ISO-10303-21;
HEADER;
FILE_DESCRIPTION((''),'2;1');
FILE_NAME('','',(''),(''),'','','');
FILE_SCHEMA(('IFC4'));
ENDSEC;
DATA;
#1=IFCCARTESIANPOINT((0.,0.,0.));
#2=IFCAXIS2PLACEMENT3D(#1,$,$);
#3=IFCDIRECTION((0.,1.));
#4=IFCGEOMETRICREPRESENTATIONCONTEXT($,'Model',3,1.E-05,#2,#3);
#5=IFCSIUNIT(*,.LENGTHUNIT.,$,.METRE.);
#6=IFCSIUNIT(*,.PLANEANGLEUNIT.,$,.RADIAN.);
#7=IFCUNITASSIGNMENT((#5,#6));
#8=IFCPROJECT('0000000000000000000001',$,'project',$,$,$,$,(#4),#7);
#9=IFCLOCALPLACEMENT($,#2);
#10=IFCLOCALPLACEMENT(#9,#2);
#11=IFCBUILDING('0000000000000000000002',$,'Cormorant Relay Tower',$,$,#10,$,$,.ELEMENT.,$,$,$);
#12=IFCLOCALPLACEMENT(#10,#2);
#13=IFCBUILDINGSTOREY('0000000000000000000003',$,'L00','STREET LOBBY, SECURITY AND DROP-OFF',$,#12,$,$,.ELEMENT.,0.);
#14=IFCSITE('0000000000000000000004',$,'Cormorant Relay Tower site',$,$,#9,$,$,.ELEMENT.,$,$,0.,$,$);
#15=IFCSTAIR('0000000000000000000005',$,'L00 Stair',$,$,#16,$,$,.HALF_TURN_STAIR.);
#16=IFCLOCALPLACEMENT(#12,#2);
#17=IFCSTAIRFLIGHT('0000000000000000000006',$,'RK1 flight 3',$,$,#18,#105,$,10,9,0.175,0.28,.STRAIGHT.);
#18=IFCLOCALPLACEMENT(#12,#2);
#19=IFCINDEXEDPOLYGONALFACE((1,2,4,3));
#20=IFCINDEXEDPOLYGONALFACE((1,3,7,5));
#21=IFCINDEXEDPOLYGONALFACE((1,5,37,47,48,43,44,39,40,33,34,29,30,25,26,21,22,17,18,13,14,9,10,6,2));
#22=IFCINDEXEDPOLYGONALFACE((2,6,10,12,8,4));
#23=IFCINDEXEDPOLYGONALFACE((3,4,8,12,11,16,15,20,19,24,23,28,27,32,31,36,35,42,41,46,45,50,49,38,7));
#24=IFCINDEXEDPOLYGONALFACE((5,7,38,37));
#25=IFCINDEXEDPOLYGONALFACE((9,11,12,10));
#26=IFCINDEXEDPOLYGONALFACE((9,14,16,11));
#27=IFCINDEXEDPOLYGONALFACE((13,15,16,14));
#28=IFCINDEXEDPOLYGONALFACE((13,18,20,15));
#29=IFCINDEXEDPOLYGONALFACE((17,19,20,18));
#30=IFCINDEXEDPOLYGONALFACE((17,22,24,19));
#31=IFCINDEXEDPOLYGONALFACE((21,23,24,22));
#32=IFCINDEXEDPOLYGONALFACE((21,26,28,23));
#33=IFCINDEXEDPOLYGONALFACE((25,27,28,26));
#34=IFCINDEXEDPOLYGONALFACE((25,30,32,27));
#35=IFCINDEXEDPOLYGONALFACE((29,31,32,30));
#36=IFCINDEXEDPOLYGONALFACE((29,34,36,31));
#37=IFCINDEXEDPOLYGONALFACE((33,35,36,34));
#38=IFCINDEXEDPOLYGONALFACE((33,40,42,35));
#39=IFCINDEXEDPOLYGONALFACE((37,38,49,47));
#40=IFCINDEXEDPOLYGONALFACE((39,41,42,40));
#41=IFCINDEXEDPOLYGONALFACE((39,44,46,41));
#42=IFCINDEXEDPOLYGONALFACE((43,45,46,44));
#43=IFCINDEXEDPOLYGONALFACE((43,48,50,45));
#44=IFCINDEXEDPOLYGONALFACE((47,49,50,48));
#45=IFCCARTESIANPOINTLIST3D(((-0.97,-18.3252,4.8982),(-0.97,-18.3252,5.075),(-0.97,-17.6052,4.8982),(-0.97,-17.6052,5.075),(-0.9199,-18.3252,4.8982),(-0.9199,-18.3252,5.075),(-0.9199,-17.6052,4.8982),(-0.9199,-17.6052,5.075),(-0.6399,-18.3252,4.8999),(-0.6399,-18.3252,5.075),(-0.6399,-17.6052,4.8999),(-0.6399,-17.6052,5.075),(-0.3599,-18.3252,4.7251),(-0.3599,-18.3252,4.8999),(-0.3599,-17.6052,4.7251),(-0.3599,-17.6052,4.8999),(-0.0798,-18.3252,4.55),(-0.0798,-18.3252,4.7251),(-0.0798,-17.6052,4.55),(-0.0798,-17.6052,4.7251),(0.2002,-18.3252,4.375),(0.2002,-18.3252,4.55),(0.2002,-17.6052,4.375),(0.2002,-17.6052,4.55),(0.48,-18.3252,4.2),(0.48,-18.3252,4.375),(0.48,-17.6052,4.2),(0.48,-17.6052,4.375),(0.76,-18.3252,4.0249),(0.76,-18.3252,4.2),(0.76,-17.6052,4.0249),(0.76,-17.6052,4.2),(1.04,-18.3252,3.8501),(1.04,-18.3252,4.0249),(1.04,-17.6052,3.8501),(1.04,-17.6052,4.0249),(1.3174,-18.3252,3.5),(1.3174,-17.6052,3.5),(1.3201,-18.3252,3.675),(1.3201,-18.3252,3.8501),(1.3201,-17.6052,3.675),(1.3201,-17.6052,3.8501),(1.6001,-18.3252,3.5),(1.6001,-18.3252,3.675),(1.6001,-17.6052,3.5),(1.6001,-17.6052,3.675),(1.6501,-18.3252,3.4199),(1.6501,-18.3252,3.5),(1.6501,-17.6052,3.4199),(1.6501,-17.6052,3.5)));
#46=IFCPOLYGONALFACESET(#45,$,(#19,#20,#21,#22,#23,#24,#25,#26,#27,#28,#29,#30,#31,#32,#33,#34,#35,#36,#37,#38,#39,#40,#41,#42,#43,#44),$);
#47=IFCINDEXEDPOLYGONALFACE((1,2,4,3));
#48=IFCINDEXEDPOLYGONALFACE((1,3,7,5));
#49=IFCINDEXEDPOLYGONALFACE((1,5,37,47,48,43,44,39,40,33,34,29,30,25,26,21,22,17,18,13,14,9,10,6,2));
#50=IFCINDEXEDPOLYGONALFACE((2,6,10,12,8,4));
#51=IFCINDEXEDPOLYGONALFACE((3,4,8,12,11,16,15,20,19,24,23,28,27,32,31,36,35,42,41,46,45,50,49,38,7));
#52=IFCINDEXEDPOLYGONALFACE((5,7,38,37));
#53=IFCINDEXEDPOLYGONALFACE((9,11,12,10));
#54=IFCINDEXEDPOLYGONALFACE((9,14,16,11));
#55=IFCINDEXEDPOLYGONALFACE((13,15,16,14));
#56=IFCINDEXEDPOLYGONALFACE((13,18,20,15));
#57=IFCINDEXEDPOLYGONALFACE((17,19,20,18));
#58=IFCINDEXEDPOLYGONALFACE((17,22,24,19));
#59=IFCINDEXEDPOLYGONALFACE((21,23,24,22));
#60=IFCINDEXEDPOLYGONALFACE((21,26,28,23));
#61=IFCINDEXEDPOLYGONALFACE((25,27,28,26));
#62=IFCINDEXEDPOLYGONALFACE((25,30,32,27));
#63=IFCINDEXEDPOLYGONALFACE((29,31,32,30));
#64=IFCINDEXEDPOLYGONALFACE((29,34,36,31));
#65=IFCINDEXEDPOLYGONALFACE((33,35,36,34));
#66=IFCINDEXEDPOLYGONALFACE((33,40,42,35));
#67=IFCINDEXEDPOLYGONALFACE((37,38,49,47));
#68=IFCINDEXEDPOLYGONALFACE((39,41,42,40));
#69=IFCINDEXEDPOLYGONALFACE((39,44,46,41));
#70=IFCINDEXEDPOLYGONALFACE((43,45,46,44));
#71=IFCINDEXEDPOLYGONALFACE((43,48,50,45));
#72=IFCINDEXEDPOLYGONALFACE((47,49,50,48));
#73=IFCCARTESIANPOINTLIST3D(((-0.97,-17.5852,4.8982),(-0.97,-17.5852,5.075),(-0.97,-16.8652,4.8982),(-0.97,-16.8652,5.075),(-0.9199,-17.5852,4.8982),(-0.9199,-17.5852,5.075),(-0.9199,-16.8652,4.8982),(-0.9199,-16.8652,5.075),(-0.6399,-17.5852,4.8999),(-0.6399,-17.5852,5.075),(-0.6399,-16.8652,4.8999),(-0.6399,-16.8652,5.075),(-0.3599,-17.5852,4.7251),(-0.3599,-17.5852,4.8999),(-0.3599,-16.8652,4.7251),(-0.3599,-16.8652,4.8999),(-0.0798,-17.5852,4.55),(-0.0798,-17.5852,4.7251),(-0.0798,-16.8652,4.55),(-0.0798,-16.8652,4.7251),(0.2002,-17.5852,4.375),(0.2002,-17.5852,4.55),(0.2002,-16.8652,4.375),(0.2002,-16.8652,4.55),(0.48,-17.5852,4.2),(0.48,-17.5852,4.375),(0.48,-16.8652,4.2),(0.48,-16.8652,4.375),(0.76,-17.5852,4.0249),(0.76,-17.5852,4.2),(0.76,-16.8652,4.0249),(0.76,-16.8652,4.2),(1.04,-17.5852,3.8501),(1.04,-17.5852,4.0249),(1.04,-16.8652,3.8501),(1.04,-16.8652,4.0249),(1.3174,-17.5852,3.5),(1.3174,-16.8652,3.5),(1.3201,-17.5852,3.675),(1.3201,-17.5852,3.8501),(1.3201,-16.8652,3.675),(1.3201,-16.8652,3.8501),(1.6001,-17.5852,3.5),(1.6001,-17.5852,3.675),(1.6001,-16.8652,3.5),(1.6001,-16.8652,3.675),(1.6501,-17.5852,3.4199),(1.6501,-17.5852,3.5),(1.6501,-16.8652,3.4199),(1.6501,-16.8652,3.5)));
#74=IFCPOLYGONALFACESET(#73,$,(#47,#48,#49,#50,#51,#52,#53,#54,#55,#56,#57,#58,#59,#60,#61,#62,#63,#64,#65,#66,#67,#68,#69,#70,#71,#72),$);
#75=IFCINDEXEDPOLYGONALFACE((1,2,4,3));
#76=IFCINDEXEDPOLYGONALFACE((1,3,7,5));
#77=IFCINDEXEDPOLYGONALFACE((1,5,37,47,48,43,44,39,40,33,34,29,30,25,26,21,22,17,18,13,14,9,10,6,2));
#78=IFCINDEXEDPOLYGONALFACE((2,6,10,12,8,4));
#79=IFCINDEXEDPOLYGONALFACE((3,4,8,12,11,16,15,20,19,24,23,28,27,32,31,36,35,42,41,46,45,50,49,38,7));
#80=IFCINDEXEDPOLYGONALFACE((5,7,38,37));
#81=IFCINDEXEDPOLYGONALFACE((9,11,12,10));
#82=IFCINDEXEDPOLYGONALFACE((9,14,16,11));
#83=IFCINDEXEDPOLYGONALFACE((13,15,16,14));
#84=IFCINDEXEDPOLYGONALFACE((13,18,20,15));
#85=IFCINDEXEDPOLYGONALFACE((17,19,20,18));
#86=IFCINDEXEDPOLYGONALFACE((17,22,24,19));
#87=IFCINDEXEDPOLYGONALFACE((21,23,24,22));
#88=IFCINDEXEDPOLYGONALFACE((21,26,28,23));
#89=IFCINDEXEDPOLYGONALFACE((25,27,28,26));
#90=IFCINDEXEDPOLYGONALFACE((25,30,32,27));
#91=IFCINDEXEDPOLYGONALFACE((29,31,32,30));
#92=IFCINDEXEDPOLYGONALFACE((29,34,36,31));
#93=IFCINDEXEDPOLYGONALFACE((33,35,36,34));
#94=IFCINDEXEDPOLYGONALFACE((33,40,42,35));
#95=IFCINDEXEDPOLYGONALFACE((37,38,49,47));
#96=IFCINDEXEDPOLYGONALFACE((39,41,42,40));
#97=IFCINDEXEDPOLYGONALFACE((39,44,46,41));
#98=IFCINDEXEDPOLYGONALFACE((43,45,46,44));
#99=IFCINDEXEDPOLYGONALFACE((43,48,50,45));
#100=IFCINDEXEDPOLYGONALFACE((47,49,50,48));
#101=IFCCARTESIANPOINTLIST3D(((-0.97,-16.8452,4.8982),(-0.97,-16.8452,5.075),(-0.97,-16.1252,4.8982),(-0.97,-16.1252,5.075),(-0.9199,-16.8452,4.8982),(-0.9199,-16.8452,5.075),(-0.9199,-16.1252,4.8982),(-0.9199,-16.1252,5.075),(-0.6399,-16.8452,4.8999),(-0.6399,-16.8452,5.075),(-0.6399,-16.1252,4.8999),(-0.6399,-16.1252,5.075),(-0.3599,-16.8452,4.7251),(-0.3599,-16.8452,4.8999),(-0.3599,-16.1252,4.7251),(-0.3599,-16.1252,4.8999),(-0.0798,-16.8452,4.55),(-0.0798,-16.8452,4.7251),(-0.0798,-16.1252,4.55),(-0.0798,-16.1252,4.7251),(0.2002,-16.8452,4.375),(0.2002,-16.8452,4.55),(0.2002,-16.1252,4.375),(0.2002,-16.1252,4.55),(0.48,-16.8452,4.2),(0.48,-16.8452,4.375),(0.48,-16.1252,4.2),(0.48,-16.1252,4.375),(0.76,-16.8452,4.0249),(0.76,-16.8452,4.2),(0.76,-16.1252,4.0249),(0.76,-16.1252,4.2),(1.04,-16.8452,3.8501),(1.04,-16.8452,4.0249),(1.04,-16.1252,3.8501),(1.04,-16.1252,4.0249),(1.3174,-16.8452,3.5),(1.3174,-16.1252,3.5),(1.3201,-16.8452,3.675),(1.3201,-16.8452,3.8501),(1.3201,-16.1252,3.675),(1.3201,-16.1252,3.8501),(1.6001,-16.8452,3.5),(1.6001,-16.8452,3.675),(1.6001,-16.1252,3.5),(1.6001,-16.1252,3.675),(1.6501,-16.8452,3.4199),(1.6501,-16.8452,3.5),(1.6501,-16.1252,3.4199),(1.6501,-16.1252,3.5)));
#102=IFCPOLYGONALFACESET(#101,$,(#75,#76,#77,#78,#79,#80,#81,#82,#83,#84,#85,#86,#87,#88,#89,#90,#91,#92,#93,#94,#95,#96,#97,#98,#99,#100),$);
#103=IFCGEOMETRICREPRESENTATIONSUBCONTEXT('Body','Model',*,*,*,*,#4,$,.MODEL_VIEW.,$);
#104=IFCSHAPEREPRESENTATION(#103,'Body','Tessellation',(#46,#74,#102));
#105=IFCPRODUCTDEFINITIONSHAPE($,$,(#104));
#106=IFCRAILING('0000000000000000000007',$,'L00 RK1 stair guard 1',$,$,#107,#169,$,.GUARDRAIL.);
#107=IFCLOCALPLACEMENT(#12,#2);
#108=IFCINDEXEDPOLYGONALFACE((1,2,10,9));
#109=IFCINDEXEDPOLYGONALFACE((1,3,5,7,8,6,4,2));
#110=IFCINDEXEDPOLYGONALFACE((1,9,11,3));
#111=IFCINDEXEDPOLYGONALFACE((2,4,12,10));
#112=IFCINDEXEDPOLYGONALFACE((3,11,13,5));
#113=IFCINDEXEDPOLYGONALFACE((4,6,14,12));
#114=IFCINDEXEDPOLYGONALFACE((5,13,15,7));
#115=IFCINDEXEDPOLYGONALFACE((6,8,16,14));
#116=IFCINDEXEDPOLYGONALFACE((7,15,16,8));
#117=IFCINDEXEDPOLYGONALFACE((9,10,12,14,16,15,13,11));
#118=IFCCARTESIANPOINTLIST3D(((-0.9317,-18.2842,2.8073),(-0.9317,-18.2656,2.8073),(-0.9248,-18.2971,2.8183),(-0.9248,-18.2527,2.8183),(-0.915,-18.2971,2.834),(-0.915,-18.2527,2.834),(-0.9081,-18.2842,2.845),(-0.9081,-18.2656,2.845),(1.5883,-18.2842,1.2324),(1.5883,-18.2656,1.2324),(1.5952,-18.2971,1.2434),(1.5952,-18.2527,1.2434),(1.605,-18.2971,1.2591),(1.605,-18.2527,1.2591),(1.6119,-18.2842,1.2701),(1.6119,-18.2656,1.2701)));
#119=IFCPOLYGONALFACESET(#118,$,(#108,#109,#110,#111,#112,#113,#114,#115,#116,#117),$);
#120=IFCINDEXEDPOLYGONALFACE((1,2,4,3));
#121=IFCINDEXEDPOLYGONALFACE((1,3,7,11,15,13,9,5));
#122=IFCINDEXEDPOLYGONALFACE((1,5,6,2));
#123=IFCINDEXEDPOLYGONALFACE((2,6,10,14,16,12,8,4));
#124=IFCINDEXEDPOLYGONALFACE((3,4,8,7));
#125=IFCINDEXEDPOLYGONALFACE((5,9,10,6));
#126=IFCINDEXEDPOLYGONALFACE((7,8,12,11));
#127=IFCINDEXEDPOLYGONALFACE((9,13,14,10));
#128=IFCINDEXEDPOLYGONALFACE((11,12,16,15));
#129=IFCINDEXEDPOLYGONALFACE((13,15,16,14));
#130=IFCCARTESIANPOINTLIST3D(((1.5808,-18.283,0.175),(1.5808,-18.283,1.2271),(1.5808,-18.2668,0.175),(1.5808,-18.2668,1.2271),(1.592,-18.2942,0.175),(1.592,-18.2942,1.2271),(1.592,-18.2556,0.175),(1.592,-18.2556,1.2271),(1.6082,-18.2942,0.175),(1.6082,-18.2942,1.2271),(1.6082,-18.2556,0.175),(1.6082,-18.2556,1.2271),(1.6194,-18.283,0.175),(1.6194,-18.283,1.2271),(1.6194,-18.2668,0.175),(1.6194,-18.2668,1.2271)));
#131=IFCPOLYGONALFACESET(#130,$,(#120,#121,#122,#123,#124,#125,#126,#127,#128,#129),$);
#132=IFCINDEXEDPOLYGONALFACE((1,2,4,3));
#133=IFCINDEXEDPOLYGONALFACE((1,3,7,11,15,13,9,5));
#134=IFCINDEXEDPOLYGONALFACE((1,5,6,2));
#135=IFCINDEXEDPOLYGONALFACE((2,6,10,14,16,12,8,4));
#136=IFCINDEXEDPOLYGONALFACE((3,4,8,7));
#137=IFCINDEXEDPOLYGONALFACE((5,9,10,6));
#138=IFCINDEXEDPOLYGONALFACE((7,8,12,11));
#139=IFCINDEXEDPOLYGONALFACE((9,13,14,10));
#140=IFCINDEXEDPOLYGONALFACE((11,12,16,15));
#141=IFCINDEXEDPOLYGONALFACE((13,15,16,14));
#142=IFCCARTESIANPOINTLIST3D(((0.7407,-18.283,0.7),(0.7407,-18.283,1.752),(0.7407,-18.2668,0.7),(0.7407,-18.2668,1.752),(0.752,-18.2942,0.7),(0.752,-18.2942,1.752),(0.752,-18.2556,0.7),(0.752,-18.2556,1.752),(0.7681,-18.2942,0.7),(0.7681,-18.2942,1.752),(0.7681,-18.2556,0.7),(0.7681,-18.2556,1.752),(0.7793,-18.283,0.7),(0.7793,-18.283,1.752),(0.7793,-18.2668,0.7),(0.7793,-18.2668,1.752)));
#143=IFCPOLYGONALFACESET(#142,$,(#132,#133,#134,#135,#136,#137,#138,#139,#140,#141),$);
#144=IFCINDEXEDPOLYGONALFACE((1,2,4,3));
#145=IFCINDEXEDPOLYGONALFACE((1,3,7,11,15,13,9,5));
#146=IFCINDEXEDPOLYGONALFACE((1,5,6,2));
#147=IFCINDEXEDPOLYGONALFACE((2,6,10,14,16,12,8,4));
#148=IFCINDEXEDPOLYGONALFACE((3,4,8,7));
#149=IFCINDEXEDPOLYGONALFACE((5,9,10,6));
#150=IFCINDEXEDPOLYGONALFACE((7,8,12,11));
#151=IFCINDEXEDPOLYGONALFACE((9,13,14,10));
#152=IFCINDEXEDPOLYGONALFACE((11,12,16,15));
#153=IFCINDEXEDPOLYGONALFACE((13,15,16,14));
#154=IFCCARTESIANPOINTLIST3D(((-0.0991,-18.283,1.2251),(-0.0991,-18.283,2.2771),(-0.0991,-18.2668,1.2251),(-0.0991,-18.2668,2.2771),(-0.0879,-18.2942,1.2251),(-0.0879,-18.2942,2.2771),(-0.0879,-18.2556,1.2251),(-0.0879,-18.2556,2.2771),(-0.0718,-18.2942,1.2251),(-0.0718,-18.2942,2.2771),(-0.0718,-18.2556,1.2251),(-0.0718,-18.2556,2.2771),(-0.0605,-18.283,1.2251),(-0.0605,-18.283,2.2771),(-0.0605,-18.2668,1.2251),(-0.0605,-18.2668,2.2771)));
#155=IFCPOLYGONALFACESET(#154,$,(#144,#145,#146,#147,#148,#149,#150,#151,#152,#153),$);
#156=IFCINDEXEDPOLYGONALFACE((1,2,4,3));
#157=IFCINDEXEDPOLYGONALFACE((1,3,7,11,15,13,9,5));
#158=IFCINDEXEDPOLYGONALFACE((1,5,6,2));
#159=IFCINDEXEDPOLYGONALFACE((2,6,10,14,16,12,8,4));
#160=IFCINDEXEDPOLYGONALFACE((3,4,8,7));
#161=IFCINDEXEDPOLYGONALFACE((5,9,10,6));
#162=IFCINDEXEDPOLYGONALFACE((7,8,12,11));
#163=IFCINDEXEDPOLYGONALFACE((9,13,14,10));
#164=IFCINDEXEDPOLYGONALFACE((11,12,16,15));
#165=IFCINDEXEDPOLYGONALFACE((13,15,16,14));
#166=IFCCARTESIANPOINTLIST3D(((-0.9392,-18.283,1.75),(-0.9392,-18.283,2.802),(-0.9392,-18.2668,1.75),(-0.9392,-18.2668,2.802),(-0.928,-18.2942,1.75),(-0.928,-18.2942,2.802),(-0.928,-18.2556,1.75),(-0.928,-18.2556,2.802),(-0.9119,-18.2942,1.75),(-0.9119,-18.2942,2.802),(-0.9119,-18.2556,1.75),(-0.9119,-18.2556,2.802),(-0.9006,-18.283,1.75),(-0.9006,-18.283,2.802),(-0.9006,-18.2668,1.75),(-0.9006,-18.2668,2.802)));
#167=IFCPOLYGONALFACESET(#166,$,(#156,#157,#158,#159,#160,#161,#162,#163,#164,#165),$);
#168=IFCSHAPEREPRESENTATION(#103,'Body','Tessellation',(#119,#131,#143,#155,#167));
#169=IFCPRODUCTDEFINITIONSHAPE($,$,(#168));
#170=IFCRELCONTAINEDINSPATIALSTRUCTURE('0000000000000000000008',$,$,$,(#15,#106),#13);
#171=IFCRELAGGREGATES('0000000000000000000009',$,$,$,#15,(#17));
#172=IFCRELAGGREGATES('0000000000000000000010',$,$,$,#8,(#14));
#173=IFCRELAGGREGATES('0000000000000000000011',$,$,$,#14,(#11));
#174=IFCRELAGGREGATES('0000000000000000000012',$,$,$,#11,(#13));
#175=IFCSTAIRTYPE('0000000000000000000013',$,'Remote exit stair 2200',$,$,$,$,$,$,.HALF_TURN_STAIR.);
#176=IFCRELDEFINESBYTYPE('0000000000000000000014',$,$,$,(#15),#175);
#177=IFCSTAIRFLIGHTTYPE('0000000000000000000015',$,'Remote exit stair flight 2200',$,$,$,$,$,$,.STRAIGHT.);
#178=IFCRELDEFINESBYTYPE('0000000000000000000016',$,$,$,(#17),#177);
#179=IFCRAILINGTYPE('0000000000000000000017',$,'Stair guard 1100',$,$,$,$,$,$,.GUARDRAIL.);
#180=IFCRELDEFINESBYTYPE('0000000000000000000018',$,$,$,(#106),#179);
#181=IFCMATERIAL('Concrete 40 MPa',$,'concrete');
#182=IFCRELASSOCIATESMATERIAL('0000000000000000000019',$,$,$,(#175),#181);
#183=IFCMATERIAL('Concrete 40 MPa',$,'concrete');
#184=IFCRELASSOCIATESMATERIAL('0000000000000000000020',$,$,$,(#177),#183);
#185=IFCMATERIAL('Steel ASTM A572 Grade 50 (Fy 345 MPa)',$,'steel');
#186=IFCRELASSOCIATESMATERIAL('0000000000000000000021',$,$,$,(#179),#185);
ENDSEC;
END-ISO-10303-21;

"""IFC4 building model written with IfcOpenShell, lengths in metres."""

from ifc_helpers import new_model, si_unit, direction, frame, origin, place, context, subcontext, project, spatial, polyline, outline, extrude, material, type_object, element, aggregate, save


model = new_model("IFC4")

# Units and contexts
model_context = context("Model", 3, precision=1e-05, world=origin(), true_north=direction((0.0, 1.0)))
body_context = subcontext(model_context, "Body", "Model", "MODEL_VIEW")
ifc_project = project(units=[si_unit("LENGTHUNIT", "METRE"), si_unit("PLANEANGLEUNIT", "RADIAN")], contexts=[model_context])

# Site, building, storey
site_placement = place(None, origin())
site = spatial("IfcSite", under=ifc_project, at=site_placement, Name="Cormorant Relay Tower site", CompositionType="ELEMENT", RefElevation=0.0)
building_placement = place(site_placement, origin())
building = spatial("IfcBuilding", under=site, at=building_placement, Name="Cormorant Relay Tower", CompositionType="ELEMENT")
storey_placement = place(building_placement, origin())
storey = spatial("IfcBuildingStorey", under=building, at=storey_placement, Name="L00", Description="STREET LOBBY, SECURITY AND DROP-OFF", CompositionType="ELEMENT", Elevation=0.0)

# Stair, stair flight
ifc_material_1 = material(Name="Concrete 40 MPa", Category="concrete")
stair_type = type_object("IfcStairType", Name="Remote exit stair 2200", PredefinedType="HALF_TURN_STAIR", material=ifc_material_1)
stair_placement = place(storey_placement, origin())
stair = element("IfcStair", 1, at=stair_placement, inside=storey, type_object=stair_type, Name="L00 Stair", PredefinedType="HALF_TURN_STAIR")
ifc_material_2 = material(Name="Concrete 40 MPa", Category="concrete")
stair_flight_type = type_object("IfcStairFlightType", Name="Remote exit stair flight 2200", PredefinedType="STRAIGHT", material=ifc_material_2)
stair_flight_1_placement = place(storey_placement, frame((1.6001, -17.2251, 3.5), z_axis=(0.0, 0.0, 1.0), x_axis=(-1.0, 0.0, 0.0)))
stair_flight_1 = element("IfcStairFlight", 2, at=stair_flight_1_placement, type_object=stair_flight_type, Name="RK1 flight 3", NumberOfRisers=10, NumberOfTreads=9, PredefinedType="STRAIGHT", RiserHeight=0.175, TreadLength=0.28, context=body_context, shape_type="SweptSolid", body=[
    extrude(outline(polyline([(-0.05, -0.0801), (-0.05, 0.0), (0.0, 0.0), (0.0, 0.175), (0.28, 0.175), (0.28, 0.3501), (0.5601, 0.3501), (0.5601, 0.5249), (0.8401, 0.5249), (0.8401, 0.7), (1.1201, 0.7), (1.1201, 0.875), (1.3999, 0.875), (1.3999, 1.05), (1.6799, 1.05), (1.6799, 1.2251), (1.96, 1.2251), (1.96, 1.3999), (2.24, 1.3999), (2.24, 1.575), (2.52, 1.575), (2.5701, 1.575), (2.5701, 1.3982), (2.52, 1.3982), (0.2827, 0.0), (-0.05, -0.0801)])), frame((0.0, 1.1001, 0.0), z_axis=(0.0, -1.0, 0.0), x_axis=(1.0, 0.0, 0.0)), (0.0, 0.0, 1.0), 0.72),
    extrude(outline(polyline([(-0.05, -0.0801), (-0.05, 0.0), (0.0, 0.0), (0.0, 0.175), (0.28, 0.175), (0.28, 0.3501), (0.5601, 0.3501), (0.5601, 0.5249), (0.8401, 0.5249), (0.8401, 0.7), (1.1201, 0.7), (1.1201, 0.875), (1.3999, 0.875), (1.3999, 1.05), (1.6799, 1.05), (1.6799, 1.2251), (1.96, 1.2251), (1.96, 1.3999), (2.24, 1.3999), (2.24, 1.575), (2.52, 1.575), (2.5701, 1.575), (2.5701, 1.3982), (2.52, 1.3982), (0.2827, 0.0), (-0.05, -0.0801)])), frame((0.0, 0.3601, 0.0), z_axis=(0.0, -1.0, 0.0), x_axis=(1.0, 0.0, 0.0)), (0.0, 0.0, 1.0), 0.72),
    extrude(outline(polyline([(-0.05, -0.0801), (-0.05, 0.0), (0.0, 0.0), (0.0, 0.175), (0.28, 0.175), (0.28, 0.3501), (0.5601, 0.3501), (0.5601, 0.5249), (0.8401, 0.5249), (0.8401, 0.7), (1.1201, 0.7), (1.1201, 0.875), (1.3999, 0.875), (1.3999, 1.05), (1.6799, 1.05), (1.6799, 1.2251), (1.96, 1.2251), (1.96, 1.3999), (2.24, 1.3999), (2.24, 1.575), (2.52, 1.575), (2.5701, 1.575), (2.5701, 1.3982), (2.52, 1.3982), (0.2827, 0.0), (-0.05, -0.0801)])), frame((0.0, -0.3799, 0.0), z_axis=(0.0, -1.0, 0.0), x_axis=(1.0, 0.0, 0.0)), (0.0, 0.0, 1.0), 0.72),
])
aggregate(stair, [stair_flight_1])

# Railing
ifc_material_3 = material(Name="Steel ASTM A572 Grade 50 (Fy 345 MPa)", Category="steel")
railing_type_1 = type_object("IfcRailingType", Name="Stair guard 1100", PredefinedType="GUARDRAIL", material=ifc_material_3)
railing_1_placement = place(storey_placement, frame((1.6001, -18.2749, 0.175)))
element("IfcRailing", 3, at=railing_1_placement, inside=storey, type_object=railing_type_1, Name="L00 RK1 stair guard 1", PredefinedType="GUARDRAIL", context=body_context, shape_type="SweptSolid", body=[
    extrude(outline(polyline([(0.0222, 0.0093), (0.0093, 0.0222), (-0.0093, 0.0222), (-0.0222, 0.0093), (-0.0222, -0.0093), (-0.0093, -0.0222), (0.0093, -0.0222), (0.0222, -0.0093), (0.0222, 0.0093)])), frame((0.0, 0.0, 1.0762), z_axis=(-0.848008, 0.0, 0.529984), x_axis=(0.0, -1.0, 0.0)), (0.0, 0.0, 1.0), 2.9717),
    extrude(outline(polyline([(0.0193, 0.0081), (0.0081, 0.0193), (-0.0081, 0.0193), (-0.0193, 0.0081), (-0.0193, -0.0081), (-0.0081, -0.0193), (0.0081, -0.0193), (0.0193, -0.0081), (0.0193, 0.0081)])), origin(), (0.0, 0.0, 1.0), 1.052),
    extrude(outline(polyline([(0.0193, 0.0081), (0.0081, 0.0193), (-0.0081, 0.0193), (-0.0193, 0.0081), (-0.0193, -0.0081), (-0.0081, -0.0193), (0.0081, -0.0193), (0.0193, -0.0081), (0.0193, 0.0081)])), frame((-0.8401, 0.0, 0.5249)), (0.0, 0.0, 1.0), 1.052),
    extrude(outline(polyline([(0.0193, 0.0081), (0.0081, 0.0193), (-0.0081, 0.0193), (-0.0193, 0.0081), (-0.0193, -0.0081), (-0.0081, -0.0193), (0.0081, -0.0193), (0.0193, -0.0081), (0.0193, 0.0081)])), frame((-1.6799, 0.0, 1.05)), (0.0, 0.0, 1.0), 1.052),
    extrude(outline(polyline([(0.0193, 0.0081), (0.0081, 0.0193), (-0.0081, 0.0193), (-0.0193, 0.0081), (-0.0193, -0.0081), (-0.0081, -0.0193), (0.0081, -0.0193), (0.0193, -0.0081), (0.0193, 0.0081)])), frame((-2.52, 0.0, 1.575)), (0.0, 0.0, 1.0), 1.052),
])

save(model, "model.ifc")
